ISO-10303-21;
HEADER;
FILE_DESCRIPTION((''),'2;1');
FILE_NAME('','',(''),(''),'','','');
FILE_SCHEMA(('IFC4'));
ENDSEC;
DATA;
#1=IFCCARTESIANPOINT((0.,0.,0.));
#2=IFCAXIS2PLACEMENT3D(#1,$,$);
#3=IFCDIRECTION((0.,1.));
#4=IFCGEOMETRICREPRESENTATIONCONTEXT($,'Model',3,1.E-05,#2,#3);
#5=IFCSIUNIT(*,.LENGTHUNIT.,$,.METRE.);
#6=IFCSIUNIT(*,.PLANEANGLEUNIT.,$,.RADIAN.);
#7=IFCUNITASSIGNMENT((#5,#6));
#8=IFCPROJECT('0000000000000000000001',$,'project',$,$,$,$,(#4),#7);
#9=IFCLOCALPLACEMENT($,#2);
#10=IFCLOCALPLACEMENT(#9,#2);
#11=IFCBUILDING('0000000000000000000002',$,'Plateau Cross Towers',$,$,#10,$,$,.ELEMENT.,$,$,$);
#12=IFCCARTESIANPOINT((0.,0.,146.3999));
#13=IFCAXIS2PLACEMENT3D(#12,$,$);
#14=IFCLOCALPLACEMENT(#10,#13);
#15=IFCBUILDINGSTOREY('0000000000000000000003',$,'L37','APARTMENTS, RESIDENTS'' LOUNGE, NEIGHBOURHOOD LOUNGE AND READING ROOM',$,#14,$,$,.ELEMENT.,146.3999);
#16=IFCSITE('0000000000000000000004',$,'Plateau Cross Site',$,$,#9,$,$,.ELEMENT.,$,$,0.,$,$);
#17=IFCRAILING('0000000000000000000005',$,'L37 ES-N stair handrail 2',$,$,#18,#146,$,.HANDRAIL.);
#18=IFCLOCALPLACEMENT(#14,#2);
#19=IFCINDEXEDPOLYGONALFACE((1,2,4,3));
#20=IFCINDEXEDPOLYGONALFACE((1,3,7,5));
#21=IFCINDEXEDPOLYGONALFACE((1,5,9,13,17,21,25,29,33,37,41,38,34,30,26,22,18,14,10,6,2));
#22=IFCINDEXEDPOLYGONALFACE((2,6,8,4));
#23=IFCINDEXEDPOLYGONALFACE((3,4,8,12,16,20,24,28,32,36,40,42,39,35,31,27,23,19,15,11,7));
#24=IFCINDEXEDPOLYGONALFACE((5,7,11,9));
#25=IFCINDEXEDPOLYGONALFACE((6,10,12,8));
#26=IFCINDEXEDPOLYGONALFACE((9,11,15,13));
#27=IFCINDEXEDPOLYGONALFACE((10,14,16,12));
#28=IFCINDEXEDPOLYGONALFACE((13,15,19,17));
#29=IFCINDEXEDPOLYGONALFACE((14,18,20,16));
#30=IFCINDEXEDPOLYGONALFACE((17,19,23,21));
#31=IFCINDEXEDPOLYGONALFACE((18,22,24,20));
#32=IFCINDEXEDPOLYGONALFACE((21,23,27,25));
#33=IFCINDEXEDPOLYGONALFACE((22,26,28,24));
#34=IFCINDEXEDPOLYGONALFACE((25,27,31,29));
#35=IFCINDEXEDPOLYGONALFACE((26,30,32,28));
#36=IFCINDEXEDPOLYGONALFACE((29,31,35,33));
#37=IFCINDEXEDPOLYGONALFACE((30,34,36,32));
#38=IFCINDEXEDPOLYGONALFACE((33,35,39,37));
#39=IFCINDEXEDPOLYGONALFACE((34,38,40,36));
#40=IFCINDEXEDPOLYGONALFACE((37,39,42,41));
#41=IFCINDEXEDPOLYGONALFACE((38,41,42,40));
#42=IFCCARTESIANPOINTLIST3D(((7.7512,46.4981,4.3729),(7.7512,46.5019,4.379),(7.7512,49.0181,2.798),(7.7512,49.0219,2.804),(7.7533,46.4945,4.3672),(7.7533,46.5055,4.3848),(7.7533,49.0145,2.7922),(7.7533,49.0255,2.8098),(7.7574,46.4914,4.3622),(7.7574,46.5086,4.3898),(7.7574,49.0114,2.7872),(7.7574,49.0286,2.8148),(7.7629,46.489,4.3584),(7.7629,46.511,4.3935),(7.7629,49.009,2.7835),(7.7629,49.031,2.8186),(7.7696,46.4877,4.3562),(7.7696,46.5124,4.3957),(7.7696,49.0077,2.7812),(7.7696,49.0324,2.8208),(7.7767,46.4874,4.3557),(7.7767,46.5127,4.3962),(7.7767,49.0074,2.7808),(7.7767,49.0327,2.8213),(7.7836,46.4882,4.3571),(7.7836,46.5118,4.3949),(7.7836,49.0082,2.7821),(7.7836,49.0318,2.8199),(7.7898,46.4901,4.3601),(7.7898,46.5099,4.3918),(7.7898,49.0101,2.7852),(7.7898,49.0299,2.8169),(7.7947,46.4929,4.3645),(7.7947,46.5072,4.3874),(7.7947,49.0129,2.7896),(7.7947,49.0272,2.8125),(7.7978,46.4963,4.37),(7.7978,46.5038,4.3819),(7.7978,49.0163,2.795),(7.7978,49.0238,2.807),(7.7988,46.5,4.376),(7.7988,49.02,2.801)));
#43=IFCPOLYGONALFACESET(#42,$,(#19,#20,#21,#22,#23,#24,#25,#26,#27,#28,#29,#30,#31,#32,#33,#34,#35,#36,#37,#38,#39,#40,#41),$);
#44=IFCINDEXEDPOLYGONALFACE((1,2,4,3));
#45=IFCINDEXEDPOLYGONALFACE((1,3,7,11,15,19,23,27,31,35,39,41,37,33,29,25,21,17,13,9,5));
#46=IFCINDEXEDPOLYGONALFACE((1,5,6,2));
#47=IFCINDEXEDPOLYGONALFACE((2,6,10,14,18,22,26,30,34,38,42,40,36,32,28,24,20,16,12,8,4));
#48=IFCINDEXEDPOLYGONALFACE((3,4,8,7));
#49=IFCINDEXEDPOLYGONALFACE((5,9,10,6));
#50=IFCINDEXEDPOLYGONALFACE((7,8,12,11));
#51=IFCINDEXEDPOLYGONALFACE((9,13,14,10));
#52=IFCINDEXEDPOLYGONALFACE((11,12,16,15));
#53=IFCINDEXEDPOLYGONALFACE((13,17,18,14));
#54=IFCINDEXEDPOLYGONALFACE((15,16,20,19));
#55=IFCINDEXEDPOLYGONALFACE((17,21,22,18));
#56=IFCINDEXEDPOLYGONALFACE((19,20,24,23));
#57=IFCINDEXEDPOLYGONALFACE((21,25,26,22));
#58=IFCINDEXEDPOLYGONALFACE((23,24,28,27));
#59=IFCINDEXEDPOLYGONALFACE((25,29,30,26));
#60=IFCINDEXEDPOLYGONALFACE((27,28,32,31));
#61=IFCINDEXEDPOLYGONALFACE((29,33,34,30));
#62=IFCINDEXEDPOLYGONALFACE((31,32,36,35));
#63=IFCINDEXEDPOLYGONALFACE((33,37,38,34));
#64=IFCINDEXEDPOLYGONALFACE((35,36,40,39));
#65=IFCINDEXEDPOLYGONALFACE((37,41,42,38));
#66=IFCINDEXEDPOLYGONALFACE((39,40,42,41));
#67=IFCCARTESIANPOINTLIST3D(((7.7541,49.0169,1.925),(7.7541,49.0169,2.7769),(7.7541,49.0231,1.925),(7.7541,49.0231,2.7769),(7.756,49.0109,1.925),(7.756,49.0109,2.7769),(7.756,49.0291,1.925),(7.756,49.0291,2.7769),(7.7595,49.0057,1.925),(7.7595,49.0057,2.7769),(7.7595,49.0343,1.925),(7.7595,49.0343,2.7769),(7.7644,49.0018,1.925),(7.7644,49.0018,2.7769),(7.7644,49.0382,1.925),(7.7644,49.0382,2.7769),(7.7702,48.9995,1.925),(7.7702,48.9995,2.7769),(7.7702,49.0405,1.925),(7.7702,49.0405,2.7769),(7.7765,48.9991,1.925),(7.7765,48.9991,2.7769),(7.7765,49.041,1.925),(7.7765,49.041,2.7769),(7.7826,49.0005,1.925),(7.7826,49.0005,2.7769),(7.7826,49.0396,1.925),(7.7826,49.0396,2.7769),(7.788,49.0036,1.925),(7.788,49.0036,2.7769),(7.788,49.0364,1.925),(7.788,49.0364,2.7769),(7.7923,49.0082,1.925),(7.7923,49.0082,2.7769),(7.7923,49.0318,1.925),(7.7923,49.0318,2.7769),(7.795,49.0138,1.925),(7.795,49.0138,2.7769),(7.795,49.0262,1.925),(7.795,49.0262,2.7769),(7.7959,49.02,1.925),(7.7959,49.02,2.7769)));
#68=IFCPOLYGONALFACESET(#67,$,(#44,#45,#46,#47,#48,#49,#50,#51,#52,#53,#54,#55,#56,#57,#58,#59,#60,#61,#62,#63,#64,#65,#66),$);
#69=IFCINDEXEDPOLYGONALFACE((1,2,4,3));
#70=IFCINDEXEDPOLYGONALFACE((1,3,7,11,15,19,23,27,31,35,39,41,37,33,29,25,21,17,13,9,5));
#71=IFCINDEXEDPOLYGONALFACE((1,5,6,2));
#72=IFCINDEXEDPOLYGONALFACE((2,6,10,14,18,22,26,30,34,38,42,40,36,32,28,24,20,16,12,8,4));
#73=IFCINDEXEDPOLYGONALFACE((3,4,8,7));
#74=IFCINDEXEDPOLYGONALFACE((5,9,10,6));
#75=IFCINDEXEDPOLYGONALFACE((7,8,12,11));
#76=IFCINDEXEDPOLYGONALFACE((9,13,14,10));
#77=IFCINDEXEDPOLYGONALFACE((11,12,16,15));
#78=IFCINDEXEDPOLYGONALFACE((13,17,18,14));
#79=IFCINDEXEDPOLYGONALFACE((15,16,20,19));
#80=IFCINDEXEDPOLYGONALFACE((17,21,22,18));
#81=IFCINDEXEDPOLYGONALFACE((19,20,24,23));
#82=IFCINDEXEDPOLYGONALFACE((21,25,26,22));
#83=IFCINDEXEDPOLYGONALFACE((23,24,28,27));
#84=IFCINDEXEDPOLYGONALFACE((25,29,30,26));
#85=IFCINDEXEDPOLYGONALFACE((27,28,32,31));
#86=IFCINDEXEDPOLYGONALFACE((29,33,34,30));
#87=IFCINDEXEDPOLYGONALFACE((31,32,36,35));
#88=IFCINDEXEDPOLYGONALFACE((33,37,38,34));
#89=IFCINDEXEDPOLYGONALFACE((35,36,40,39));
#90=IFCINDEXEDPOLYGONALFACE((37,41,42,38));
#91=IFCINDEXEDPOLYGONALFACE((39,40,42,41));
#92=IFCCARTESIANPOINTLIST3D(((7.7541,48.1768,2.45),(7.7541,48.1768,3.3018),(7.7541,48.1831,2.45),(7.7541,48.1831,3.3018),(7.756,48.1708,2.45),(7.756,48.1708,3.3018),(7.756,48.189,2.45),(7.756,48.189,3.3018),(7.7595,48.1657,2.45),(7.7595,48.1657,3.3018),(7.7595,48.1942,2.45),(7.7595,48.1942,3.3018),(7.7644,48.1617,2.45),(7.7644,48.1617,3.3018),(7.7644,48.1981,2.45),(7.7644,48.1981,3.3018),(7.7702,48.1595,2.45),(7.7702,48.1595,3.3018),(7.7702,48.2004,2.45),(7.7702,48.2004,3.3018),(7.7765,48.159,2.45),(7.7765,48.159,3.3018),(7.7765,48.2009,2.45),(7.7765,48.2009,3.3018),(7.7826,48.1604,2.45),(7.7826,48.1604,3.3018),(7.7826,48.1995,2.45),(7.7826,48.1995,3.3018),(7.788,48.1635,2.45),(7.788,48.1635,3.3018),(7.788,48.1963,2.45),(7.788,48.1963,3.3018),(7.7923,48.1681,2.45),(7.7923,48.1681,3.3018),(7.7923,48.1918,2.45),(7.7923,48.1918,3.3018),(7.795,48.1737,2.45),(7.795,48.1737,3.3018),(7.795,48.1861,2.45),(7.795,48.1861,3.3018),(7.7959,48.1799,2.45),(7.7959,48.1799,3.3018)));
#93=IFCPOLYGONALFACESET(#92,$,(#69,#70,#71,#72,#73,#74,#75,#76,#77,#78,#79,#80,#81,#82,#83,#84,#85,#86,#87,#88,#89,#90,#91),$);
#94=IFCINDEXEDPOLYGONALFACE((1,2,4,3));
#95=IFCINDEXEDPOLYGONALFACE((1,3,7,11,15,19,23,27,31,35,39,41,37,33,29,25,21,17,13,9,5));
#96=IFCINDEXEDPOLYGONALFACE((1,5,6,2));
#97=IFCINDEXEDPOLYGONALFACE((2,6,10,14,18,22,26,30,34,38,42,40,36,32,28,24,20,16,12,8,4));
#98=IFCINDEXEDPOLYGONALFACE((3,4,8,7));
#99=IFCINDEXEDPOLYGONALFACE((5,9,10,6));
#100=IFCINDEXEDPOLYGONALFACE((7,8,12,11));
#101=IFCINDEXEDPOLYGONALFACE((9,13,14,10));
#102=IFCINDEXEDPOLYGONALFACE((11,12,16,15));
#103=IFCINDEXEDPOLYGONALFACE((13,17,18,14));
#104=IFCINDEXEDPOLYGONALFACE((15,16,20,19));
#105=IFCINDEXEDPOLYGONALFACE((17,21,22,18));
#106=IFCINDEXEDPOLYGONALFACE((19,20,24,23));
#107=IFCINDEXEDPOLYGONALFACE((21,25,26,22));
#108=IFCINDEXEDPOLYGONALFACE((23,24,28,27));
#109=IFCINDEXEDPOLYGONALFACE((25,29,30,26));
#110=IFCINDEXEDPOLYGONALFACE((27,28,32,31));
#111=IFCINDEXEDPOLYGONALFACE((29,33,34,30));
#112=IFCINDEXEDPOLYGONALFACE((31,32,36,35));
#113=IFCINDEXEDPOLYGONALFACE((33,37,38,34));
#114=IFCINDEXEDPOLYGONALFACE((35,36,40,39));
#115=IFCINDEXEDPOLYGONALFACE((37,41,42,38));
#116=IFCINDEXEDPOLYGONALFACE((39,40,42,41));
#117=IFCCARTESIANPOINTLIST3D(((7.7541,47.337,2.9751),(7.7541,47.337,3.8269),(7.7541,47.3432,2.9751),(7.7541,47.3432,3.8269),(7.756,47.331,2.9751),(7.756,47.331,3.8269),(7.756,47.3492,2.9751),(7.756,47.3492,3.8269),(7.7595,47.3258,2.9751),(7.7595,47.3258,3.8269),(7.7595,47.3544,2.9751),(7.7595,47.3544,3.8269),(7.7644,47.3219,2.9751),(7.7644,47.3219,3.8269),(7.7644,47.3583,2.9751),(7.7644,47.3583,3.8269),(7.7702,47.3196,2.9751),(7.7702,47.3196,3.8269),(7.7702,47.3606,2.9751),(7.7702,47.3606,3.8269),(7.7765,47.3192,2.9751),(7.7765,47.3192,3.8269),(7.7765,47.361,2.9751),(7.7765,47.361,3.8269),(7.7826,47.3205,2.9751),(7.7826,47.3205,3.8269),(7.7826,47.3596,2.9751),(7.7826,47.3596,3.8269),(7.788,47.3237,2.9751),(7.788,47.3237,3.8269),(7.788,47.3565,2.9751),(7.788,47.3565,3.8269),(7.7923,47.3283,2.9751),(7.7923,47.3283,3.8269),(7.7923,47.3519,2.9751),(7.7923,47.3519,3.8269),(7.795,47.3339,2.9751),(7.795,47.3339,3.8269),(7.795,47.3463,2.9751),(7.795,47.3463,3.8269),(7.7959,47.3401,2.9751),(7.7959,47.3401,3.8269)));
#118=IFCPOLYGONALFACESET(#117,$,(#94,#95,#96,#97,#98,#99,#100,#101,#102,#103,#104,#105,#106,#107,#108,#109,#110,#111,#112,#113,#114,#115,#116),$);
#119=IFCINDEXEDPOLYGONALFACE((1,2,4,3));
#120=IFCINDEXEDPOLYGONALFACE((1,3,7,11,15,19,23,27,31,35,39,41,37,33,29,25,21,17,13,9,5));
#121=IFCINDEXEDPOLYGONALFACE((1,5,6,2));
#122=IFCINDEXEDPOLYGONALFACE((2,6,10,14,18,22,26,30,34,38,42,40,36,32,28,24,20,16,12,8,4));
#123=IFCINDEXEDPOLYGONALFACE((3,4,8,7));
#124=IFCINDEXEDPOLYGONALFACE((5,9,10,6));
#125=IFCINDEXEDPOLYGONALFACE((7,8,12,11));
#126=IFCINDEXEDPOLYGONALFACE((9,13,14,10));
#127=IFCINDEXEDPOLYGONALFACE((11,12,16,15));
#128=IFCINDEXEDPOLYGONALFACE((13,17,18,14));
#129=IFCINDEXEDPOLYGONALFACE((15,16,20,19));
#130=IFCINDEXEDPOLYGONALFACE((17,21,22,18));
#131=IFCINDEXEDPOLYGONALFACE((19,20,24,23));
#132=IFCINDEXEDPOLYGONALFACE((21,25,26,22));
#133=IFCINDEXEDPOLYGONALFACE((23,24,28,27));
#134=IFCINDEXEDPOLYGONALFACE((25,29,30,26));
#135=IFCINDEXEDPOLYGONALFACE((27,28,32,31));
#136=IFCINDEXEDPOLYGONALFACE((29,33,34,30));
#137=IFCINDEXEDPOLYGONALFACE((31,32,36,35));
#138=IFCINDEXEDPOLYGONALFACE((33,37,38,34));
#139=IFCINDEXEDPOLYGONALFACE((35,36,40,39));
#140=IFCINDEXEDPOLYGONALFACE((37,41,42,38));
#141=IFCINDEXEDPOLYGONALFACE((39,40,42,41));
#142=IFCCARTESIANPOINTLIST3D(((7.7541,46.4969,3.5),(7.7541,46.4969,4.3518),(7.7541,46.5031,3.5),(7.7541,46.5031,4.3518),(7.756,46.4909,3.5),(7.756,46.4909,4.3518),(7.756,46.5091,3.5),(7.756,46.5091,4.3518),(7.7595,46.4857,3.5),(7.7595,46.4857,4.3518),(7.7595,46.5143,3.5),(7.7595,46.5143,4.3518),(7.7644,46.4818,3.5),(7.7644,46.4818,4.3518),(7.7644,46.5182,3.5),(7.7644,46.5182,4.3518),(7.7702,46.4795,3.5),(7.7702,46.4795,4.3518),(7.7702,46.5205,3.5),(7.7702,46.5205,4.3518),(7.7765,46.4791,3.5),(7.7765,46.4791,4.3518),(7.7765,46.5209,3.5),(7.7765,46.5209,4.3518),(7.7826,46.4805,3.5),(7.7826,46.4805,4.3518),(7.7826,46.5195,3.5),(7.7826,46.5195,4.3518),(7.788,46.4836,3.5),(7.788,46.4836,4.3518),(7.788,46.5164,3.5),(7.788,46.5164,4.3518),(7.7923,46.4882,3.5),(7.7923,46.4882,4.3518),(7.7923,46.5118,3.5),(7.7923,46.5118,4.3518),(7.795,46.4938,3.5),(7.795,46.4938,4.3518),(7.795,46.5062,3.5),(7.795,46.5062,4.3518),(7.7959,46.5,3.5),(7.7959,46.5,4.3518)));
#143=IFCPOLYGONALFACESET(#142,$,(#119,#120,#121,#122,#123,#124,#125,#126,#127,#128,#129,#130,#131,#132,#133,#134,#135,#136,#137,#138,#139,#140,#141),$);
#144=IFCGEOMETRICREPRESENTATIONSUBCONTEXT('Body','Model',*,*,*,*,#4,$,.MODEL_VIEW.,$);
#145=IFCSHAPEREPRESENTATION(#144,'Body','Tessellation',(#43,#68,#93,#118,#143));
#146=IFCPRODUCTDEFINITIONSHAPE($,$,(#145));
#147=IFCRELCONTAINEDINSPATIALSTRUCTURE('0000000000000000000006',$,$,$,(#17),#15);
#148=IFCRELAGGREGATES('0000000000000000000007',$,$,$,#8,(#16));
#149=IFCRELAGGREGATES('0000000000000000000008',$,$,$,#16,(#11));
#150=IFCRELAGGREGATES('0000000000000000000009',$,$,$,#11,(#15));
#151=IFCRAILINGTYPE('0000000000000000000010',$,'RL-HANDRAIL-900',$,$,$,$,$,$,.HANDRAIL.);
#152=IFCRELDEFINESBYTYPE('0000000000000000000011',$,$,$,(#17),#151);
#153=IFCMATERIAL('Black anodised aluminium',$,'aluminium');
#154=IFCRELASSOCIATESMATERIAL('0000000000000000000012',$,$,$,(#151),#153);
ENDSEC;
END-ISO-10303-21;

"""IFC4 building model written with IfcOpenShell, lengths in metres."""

from ifc_helpers import new_model, si_unit, direction, frame, origin, origin_2d, place, context, subcontext, project, spatial, circle, extrude, material, type_object, element, save


model = new_model("IFC4")

# Units and contexts
model_context = context("Model", 3, precision=1e-05, world=origin(), true_north=direction((0.0, 1.0)))
body_context = subcontext(model_context, "Body", "Model", "MODEL_VIEW")
ifc_project = project(units=[si_unit("LENGTHUNIT", "METRE"), si_unit("PLANEANGLEUNIT", "RADIAN")], contexts=[model_context])

# Site, building, storey
site_placement = place(None, origin())
site = spatial("IfcSite", under=ifc_project, at=site_placement, Name="Plateau Cross Site", CompositionType="ELEMENT", RefElevation=0.0)
building_placement = place(site_placement, origin())
building = spatial("IfcBuilding", under=site, at=building_placement, Name="Plateau Cross Towers", CompositionType="ELEMENT")
storey_placement = place(building_placement, frame((0.0, 0.0, 146.3999)))
storey = spatial("IfcBuildingStorey", under=building, at=storey_placement, Name="L37", Description="APARTMENTS, RESIDENTS' LOUNGE, NEIGHBOURHOOD LOUNGE AND READING ROOM", CompositionType="ELEMENT", Elevation=146.3999)

# Shared definitions
ifc_material_1 = material(Name="Black anodised aluminium", Category="aluminium")

# Railing
railing_type_1 = type_object("IfcRailingType", Name="RL-HANDRAIL-900", PredefinedType="HANDRAIL", material=ifc_material_1)
railing_1_placement = place(storey_placement, frame((7.7749, 49.02, 1.925)))
element("IfcRailing", 1, at=railing_1_placement, inside=storey, type_object=railing_type_1, Name="L37 ES-N stair handrail 2", PredefinedType="HANDRAIL", context=body_context, shape_type="SweptSolid", body=[
    extrude(circle(Radius=0.0239, at=origin_2d()), frame((0.0, 0.0, 0.876), z_axis=(0.0, -0.848008, 0.529984), x_axis=(1.0, 0.0, 0.0)), (0.0, 0.0, 1.0), 2.9717),
    extrude(circle(Radius=0.021, at=origin_2d()), origin(), (0.0, 0.0, 1.0), 0.8518),
    extrude(circle(Radius=0.021, at=origin_2d()), frame((0.0, -0.8401, 0.5249)), (0.0, 0.0, 1.0), 0.8518),
    extrude(circle(Radius=0.021, at=origin_2d()), frame((0.0, -1.6799, 1.05)), (0.0, 0.0, 1.0), 0.8518),
    extrude(circle(Radius=0.021, at=origin_2d()), frame((0.0, -2.52, 1.575)), (0.0, 0.0, 1.0), 0.8518),
])

save(model, "model.ifc")
